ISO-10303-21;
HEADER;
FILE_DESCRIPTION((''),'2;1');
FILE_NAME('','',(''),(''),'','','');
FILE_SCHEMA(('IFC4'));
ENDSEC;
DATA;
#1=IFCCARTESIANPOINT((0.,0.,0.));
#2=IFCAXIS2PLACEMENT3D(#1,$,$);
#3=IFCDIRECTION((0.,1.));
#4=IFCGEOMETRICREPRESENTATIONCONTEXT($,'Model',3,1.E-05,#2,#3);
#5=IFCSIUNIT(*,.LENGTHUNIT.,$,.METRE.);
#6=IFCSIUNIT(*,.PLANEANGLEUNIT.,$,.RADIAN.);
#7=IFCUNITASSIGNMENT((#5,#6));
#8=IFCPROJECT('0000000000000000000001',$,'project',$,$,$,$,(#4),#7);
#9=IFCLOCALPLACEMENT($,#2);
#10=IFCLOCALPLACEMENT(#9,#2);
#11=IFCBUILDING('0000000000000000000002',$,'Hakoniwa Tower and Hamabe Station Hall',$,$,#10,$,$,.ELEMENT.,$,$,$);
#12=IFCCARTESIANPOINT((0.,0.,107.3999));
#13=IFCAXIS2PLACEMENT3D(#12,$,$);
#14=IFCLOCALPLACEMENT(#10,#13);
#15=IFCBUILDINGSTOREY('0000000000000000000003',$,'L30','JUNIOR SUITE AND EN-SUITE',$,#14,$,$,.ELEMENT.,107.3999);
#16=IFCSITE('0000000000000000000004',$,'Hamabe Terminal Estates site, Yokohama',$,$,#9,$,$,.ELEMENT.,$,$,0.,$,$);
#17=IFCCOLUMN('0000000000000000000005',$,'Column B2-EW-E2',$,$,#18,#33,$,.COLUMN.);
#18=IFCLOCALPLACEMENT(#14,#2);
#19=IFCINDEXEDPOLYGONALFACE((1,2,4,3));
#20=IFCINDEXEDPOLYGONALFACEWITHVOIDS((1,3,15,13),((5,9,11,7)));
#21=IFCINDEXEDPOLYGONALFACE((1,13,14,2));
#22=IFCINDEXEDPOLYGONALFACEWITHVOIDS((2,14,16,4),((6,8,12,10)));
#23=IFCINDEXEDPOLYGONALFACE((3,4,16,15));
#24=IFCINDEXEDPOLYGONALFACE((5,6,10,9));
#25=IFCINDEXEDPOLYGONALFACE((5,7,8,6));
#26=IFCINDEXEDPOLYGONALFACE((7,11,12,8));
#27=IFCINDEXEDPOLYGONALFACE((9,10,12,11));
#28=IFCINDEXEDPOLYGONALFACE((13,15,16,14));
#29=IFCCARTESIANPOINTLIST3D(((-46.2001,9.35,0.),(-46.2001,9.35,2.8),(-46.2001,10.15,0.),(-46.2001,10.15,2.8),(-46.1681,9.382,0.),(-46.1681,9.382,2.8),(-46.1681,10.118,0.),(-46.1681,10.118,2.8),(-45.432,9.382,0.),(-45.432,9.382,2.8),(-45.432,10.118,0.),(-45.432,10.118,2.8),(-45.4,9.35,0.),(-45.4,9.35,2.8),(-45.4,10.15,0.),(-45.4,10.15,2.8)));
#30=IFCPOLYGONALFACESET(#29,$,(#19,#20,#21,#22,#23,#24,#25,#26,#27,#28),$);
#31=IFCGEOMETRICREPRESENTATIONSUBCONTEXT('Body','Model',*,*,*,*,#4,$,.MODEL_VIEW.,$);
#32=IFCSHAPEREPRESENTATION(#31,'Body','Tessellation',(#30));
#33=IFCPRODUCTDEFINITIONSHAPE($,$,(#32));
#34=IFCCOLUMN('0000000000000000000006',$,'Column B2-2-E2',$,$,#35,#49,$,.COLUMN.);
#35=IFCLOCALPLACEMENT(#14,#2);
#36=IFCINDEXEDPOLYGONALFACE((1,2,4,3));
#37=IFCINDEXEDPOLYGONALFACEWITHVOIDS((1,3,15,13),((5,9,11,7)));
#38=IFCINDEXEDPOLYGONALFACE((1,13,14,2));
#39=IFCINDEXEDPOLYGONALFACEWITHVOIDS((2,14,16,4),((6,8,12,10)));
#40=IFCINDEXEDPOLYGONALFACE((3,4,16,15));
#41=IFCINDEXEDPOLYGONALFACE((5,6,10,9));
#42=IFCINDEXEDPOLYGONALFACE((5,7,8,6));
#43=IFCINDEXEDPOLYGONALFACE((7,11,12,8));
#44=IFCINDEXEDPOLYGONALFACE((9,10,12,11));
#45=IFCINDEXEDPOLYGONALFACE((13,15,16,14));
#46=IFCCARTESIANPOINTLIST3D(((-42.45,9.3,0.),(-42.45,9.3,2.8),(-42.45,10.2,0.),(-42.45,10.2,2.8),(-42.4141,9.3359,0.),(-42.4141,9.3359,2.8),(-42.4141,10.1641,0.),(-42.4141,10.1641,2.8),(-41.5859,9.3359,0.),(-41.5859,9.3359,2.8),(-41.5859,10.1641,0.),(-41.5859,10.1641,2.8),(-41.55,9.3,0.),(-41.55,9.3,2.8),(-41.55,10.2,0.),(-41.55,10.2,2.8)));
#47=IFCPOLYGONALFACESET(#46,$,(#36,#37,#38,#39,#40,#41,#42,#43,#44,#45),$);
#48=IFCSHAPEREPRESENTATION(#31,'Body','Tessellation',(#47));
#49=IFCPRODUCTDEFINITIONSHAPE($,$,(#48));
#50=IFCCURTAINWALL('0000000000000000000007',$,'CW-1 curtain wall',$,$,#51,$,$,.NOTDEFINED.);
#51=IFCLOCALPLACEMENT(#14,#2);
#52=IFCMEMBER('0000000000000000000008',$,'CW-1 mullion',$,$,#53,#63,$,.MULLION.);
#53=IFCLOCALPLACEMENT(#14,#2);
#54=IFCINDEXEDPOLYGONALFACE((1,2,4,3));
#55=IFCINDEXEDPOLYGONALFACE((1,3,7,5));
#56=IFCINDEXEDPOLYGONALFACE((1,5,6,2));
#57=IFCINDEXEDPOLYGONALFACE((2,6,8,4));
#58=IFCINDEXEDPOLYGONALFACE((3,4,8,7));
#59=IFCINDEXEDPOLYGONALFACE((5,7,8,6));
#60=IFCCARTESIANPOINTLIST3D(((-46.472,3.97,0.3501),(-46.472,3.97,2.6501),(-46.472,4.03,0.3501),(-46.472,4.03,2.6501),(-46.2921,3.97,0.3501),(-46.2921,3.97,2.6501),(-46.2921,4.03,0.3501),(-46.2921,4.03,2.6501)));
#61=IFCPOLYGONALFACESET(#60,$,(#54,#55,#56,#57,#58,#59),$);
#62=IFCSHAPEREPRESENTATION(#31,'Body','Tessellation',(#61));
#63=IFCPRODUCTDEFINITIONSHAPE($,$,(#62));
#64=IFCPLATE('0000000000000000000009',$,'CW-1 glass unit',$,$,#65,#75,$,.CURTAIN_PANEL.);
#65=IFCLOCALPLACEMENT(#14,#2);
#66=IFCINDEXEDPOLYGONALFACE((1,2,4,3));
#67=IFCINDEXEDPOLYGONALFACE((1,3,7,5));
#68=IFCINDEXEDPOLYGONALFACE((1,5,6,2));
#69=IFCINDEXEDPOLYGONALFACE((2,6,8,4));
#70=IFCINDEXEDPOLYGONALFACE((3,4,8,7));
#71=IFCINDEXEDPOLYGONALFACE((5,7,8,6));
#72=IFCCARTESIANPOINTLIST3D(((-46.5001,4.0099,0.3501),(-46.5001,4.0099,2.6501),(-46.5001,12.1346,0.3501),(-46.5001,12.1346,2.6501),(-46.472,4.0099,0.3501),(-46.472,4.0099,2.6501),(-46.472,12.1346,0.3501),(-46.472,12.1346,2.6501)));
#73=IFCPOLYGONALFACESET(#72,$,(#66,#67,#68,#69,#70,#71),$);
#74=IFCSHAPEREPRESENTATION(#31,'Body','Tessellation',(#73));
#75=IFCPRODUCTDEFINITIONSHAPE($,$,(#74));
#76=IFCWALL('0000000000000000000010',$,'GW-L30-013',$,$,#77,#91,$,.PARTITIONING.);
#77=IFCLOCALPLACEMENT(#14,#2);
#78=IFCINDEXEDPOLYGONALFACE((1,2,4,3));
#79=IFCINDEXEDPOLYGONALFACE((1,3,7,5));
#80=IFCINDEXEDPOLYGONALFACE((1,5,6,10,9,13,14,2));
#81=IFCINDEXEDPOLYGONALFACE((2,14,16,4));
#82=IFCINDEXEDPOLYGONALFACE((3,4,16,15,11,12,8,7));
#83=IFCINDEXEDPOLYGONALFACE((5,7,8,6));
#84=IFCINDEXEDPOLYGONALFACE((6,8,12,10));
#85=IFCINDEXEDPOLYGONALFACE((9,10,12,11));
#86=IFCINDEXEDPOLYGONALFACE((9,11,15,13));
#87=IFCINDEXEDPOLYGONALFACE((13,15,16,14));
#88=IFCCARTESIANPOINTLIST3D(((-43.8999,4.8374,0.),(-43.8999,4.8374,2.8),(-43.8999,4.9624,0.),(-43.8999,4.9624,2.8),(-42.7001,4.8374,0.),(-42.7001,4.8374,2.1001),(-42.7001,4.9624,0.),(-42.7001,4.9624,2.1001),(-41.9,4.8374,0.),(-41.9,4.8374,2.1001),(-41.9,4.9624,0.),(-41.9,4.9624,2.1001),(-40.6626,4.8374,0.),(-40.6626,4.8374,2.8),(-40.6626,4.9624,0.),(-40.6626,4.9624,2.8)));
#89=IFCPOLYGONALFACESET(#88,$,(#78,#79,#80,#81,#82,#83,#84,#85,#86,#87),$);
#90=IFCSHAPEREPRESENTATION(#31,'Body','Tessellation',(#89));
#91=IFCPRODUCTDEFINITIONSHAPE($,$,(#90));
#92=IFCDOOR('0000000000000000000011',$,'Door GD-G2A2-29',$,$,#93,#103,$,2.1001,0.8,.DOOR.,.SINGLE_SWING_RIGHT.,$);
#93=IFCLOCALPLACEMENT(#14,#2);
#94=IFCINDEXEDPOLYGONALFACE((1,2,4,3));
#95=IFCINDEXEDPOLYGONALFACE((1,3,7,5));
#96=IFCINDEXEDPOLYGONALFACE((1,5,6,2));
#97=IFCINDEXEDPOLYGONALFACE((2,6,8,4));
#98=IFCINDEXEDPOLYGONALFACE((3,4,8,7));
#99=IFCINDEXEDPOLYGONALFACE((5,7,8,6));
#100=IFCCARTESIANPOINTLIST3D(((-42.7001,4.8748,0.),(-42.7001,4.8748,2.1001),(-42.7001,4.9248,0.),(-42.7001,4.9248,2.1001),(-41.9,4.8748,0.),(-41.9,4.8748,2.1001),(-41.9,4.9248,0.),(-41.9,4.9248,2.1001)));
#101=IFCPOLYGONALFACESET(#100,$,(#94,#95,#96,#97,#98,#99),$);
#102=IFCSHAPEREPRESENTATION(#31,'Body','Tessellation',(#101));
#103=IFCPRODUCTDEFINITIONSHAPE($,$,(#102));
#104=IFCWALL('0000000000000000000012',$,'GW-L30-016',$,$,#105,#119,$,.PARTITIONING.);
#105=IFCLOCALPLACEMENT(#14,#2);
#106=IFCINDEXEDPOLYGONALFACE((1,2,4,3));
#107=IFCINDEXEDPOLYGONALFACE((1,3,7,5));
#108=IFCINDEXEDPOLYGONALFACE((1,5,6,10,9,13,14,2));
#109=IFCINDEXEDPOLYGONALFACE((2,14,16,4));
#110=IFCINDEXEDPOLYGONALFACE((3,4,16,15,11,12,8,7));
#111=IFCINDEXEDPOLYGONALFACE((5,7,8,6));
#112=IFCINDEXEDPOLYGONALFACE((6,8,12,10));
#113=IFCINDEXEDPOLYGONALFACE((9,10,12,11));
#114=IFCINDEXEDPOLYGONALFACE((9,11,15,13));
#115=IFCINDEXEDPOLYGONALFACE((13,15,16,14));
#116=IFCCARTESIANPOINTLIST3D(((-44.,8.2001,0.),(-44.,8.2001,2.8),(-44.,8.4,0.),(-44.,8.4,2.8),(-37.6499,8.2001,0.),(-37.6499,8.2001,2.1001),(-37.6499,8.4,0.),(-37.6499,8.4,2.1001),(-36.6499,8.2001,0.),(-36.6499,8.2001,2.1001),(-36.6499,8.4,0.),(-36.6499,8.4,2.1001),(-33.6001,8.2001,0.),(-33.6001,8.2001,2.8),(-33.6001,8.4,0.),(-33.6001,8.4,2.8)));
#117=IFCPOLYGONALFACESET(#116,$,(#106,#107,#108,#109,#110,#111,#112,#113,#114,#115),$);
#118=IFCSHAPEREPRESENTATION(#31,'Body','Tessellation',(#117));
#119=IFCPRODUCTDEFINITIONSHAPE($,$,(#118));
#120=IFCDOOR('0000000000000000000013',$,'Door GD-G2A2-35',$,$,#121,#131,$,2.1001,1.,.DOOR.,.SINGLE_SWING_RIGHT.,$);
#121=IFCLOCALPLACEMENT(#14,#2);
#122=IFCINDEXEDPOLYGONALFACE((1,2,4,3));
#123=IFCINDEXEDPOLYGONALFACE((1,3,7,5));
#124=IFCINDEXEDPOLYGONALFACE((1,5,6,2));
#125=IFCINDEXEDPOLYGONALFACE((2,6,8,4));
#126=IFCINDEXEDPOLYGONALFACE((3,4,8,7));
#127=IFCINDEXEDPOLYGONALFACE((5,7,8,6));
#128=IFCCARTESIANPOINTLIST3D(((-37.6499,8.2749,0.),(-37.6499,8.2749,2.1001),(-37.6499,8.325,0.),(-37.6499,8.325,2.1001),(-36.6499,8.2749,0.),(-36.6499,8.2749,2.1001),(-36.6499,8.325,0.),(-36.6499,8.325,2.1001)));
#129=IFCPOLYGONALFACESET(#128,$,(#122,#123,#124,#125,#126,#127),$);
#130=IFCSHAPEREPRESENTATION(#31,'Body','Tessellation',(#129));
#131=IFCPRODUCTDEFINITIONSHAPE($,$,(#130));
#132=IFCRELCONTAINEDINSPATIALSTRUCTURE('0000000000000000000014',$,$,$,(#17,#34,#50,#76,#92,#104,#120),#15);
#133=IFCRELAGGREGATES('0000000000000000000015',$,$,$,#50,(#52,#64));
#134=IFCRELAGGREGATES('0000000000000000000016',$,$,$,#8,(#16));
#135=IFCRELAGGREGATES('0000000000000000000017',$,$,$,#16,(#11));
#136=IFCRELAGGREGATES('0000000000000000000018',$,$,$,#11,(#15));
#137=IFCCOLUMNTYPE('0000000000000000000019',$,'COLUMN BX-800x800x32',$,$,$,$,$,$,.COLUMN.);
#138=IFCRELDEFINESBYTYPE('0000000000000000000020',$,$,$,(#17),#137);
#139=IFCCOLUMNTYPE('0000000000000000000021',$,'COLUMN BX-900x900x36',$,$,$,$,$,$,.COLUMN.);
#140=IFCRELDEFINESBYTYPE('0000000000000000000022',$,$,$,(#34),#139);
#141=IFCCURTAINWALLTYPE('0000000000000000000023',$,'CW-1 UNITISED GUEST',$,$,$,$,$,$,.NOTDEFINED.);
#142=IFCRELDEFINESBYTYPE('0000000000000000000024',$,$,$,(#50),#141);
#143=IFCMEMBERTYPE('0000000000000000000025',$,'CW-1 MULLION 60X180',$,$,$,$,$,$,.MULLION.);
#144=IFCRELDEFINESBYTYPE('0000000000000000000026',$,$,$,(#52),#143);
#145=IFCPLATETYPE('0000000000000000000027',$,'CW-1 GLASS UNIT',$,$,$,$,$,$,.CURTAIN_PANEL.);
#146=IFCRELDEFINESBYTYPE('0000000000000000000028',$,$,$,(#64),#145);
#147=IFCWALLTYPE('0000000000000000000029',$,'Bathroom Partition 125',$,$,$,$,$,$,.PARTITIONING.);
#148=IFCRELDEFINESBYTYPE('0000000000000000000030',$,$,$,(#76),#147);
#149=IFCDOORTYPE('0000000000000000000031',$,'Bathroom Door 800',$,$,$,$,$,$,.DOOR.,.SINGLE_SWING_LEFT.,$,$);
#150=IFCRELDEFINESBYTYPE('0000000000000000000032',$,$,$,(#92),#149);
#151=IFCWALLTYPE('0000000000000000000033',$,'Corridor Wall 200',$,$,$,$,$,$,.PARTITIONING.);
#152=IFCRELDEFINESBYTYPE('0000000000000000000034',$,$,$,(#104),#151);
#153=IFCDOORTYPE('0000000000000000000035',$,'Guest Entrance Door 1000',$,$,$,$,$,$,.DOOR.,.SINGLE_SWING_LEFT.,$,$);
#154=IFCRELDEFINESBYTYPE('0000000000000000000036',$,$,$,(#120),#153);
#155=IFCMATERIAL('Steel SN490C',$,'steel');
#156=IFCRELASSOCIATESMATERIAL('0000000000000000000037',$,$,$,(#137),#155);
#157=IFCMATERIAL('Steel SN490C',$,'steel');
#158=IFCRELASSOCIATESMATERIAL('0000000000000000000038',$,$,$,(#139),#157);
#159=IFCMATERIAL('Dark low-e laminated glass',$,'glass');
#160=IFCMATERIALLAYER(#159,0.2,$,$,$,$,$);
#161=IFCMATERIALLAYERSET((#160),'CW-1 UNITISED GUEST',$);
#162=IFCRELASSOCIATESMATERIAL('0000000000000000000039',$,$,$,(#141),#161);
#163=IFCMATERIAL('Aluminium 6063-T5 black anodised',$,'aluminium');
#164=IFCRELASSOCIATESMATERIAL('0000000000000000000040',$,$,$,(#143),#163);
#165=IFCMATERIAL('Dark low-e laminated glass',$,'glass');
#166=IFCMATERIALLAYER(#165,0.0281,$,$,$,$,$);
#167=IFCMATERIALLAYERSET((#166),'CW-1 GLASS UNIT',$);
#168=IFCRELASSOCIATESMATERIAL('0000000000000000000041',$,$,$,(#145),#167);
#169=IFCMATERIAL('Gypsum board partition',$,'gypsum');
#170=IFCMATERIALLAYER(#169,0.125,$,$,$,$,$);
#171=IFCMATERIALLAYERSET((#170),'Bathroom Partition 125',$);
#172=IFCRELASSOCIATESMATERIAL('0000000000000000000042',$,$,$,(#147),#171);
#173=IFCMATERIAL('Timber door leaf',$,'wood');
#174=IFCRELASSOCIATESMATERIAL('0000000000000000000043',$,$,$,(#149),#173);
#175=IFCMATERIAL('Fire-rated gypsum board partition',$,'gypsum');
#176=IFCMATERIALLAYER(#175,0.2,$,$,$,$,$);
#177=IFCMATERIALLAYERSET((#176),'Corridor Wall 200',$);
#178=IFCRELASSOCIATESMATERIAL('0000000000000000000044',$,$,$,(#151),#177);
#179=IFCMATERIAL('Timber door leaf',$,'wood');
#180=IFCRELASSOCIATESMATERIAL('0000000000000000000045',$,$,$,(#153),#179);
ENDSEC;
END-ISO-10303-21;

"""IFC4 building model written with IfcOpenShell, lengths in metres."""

from ifc_helpers import new_model, si_unit, direction, frame, frame_2d, origin, origin_2d, place, context, subcontext, project, spatial, rectangle, hollow_rectangle, extrude, material, layer, layer_set, material_profile, profile_set, type_object, element, fill, aggregate, save


model = new_model("IFC4")

# Units and contexts
model_context = context("Model", 3, precision=1e-05, world=origin(), true_north=direction((0.0, 1.0)))
body_context = subcontext(model_context, "Body", "Model", "MODEL_VIEW")
ifc_project = project(units=[si_unit("LENGTHUNIT", "METRE"), si_unit("PLANEANGLEUNIT", "RADIAN")], contexts=[model_context])

# Site, building, storey
site_placement = place(None, origin())
site = spatial("IfcSite", under=ifc_project, at=site_placement, Name="Hamabe Terminal Estates site, Yokohama", CompositionType="ELEMENT", RefElevation=0.0)
building_placement = place(site_placement, origin())
building = spatial("IfcBuilding", under=site, at=building_placement, Name="Hakoniwa Tower and Hamabe Station Hall", CompositionType="ELEMENT")
storey_placement = place(building_placement, frame((0.0, 0.0, 107.3999)))
storey = spatial("IfcBuildingStorey", under=building, at=storey_placement, Name="L30", Description="JUNIOR SUITE AND EN-SUITE", CompositionType="ELEMENT", Elevation=107.3999)

# Columns
ifc_material_1 = material(Name="Steel SN490C", Category="steel")
ifc_material_profile_1 = material_profile(ifc_material_1, hollow_rectangle(XDim=0.8, YDim=0.8, WallThickness=0.032, at=origin_2d()), Name="BX-800x800x32")
ifc_profile_set_1 = profile_set([ifc_material_profile_1], Name="Steel SN490C")
column_type_1 = type_object("IfcColumnType", Name="COLUMN BX-800x800x32", PredefinedType="COLUMN", material=ifc_profile_set_1)
column_1_placement = place(storey_placement, frame((-45.8, 9.75, 0.0), z_axis=(0.0, 0.0, 1.0), x_axis=(1.0, 0.0, 0.0)))
element("IfcColumn", 1, at=column_1_placement, inside=storey, type_object=column_type_1, Name="Column B2-EW-E2", PredefinedType="COLUMN", context=body_context, shape_type="SweptSolid", body=[
    extrude(hollow_rectangle(XDim=0.8, YDim=0.8, WallThickness=0.032, at=origin_2d()), origin(), (0.0, 0.0, 1.0), 2.8),
])
ifc_material_2 = material(Name="Steel SN490C", Category="steel")
ifc_material_profile_2 = material_profile(ifc_material_2, hollow_rectangle(XDim=0.8999, YDim=0.8999, WallThickness=0.0359, at=origin_2d()), Name="BX-900x900x36")
ifc_profile_set_2 = profile_set([ifc_material_profile_2], Name="Steel SN490C")
column_type_2 = type_object("IfcColumnType", Name="COLUMN BX-900x900x36", PredefinedType="COLUMN", material=ifc_profile_set_2)
column_2_placement = place(storey_placement, frame((-42.0, 9.75, 0.0), z_axis=(0.0, 0.0, 1.0), x_axis=(1.0, 0.0, 0.0)))
element("IfcColumn", 2, at=column_2_placement, inside=storey, type_object=column_type_2, Name="Column B2-2-E2", PredefinedType="COLUMN", context=body_context, shape_type="SweptSolid", body=[
    extrude(hollow_rectangle(XDim=0.8999, YDim=0.8999, WallThickness=0.0359, at=origin_2d()), origin(), (0.0, 0.0, 1.0), 2.8),
])

# Curtain wall, member, plate
ifc_material_3 = material(Name="Dark low-e laminated glass", Category="glass")
ifc_layer_1 = layer(ifc_material_3, 0.2)
ifc_layer_set_1 = layer_set([ifc_layer_1], Name="CW-1 UNITISED GUEST")
curtain_wall_type = type_object("IfcCurtainWallType", Name="CW-1 UNITISED GUEST", PredefinedType="NOTDEFINED", material=ifc_layer_set_1)
curtain_wall_placement = place(storey_placement, origin())
curtain_wall = element("IfcCurtainWall", 3, at=curtain_wall_placement, inside=storey, type_object=curtain_wall_type, Name="CW-1 curtain wall", PredefinedType="NOTDEFINED")
ifc_material_4 = material(Name="Aluminium 6063-T5 black anodised", Category="aluminium")
ifc_material_profile_3 = material_profile(ifc_material_4, rectangle(XDim=0.0601, YDim=0.1799, at=origin_2d()), Name="CW-1 MULLION 60X180")
ifc_profile_set_3 = profile_set([ifc_material_profile_3], Name="Aluminium 6063-T5 black anodised")
member_type = type_object("IfcMemberType", Name="CW-1 MULLION 60X180", PredefinedType="MULLION", material=ifc_profile_set_3)
member_placement = place(storey_placement, frame((-46.3821, 4.0, 0.3501), z_axis=(0.0, 0.0, 1.0), x_axis=(0.0, -1.0, 0.0)))
member = element("IfcMember", 4, at=member_placement, type_object=member_type, Name="CW-1 mullion", PredefinedType="MULLION", context=body_context, shape_type="SweptSolid", body=[
    extrude(rectangle(XDim=0.0601, YDim=0.1799, at=origin_2d()), origin(), (0.0, 0.0, 1.0), 2.3),
])
ifc_material_5 = material(Name="Dark low-e laminated glass", Category="glass")
ifc_layer_2 = layer(ifc_material_5, 0.0281)
ifc_layer_set_2 = layer_set([ifc_layer_2], Name="CW-1 GLASS UNIT")
plate_type = type_object("IfcPlateType", Name="CW-1 GLASS UNIT", PredefinedType="CURTAIN_PANEL", material=ifc_layer_set_2)
plate_placement = place(storey_placement, frame((-46.4861, 8.0723, 0.3501), z_axis=(0.0, 0.0, 1.0), x_axis=(0.0, -1.0, 0.0)))
plate = element("IfcPlate", 5, at=plate_placement, type_object=plate_type, Name="CW-1 glass unit", PredefinedType="CURTAIN_PANEL", context=body_context, shape_type="SweptSolid", body=[
    extrude(rectangle(XDim=8.1248, YDim=0.0281, at=origin_2d()), origin(), (0.0, 0.0, 1.0), 2.3),
])
aggregate(curtain_wall, [member, plate])

# Walls, openings, doors
ifc_material_6 = material(Name="Gypsum board partition", Category="gypsum")
ifc_layer_3 = layer(ifc_material_6, 0.125)
ifc_layer_set_3 = layer_set([ifc_layer_3], Name="Bathroom Partition 125")
wall_type_1 = type_object("IfcWallType", Name="Bathroom Partition 125", PredefinedType="PARTITIONING", material=ifc_layer_set_3)
wall_1_placement = place(storey_placement, frame((-43.8999, 4.8999, 0.0), z_axis=(0.0, 0.0, 1.0), x_axis=(1.0, 0.0, 0.0)))
wall_1 = element("IfcWall", 6, at=wall_1_placement, inside=storey, type_object=wall_type_1, Name="GW-L30-013", PredefinedType="PARTITIONING", context=body_context, shape_type="SweptSolid", body=[
    extrude(rectangle(XDim=3.2373, YDim=0.125, at=frame_2d((1.6187, 0.0))), origin(), (0.0, 0.0, 1.0), 2.8),
])
opening_1_placement = place(wall_1_placement, frame((1.2, 0.0, 0.0)))
opening_1 = element("IfcOpeningElement", 7, at=opening_1_placement, cuts=wall_1, PredefinedType="OPENING", context=body_context, shape_type="SweptSolid", body=[
    extrude(rectangle(XDim=0.8, YDim=2.1001, at=frame_2d((0.3999, 1.05))), frame((0.0, 0.0725, 0.0), z_axis=(0.0, -1.0, 0.0), x_axis=(1.0, 0.0, 0.0)), (0.0, 0.0, 1.0), 0.145),
])
ifc_material_7 = material(Name="Timber door leaf", Category="wood")
door_type_1 = type_object("IfcDoorType", Name="Bathroom Door 800", OperationType="SINGLE_SWING_LEFT", PredefinedType="DOOR", material=ifc_material_7)
door_1_placement = place(opening_1_placement, origin())
door_1 = element("IfcDoor", 8, at=door_1_placement, inside=storey, type_object=door_type_1, Name="Door GD-G2A2-29", OperationType="SINGLE_SWING_RIGHT", OverallHeight=2.1001, OverallWidth=0.8, PredefinedType="DOOR", context=body_context, shape_type="SweptSolid", body=[
    extrude(rectangle(XDim=0.8, YDim=2.1001, at=frame_2d((0.3999, 1.05))), frame((0.0, 0.0249, 0.0), z_axis=(0.0, -1.0, 0.0), x_axis=(1.0, 0.0, 0.0)), (0.0, 0.0, 1.0), 0.05),
])
fill(opening_1, door_1)
ifc_material_8 = material(Name="Fire-rated gypsum board partition", Category="gypsum")
ifc_layer_4 = layer(ifc_material_8, 0.2)
ifc_layer_set_4 = layer_set([ifc_layer_4], Name="Corridor Wall 200")
wall_type_2 = type_object("IfcWallType", Name="Corridor Wall 200", PredefinedType="PARTITIONING", material=ifc_layer_set_4)
wall_2_placement = place(storey_placement, frame((-44.0, 8.3, 0.0), z_axis=(0.0, 0.0, 1.0), x_axis=(1.0, 0.0, 0.0)))
wall_2 = element("IfcWall", 9, at=wall_2_placement, inside=storey, type_object=wall_type_2, Name="GW-L30-016", PredefinedType="PARTITIONING", context=body_context, shape_type="SweptSolid", body=[
    extrude(rectangle(XDim=10.3999, YDim=0.2, at=frame_2d((5.2, 0.0))), origin(), (0.0, 0.0, 1.0), 2.8),
])
opening_2_placement = place(wall_2_placement, frame((6.3501, 0.0, 0.0)))
opening_2 = element("IfcOpeningElement", 10, at=opening_2_placement, cuts=wall_2, PredefinedType="OPENING", context=body_context, shape_type="SweptSolid", body=[
    extrude(rectangle(XDim=1.0, YDim=2.1001, at=frame_2d((0.5, 1.05))), frame((0.0, 0.1099, 0.0), z_axis=(0.0, -1.0, 0.0), x_axis=(1.0, 0.0, 0.0)), (0.0, 0.0, 1.0), 0.22),
])
ifc_material_9 = material(Name="Timber door leaf", Category="wood")
door_type_2 = type_object("IfcDoorType", Name="Guest Entrance Door 1000", OperationType="SINGLE_SWING_LEFT", PredefinedType="DOOR", material=ifc_material_9)
door_2_placement = place(opening_2_placement, origin())
door_2 = element("IfcDoor", 11, at=door_2_placement, inside=storey, type_object=door_type_2, Name="Door GD-G2A2-35", OperationType="SINGLE_SWING_RIGHT", OverallHeight=2.1001, OverallWidth=1.0, PredefinedType="DOOR", context=body_context, shape_type="SweptSolid", body=[
    extrude(rectangle(XDim=1.0, YDim=2.1001, at=frame_2d((0.5, 1.05))), frame((0.0, 0.0249, 0.0), z_axis=(0.0, -1.0, 0.0), x_axis=(1.0, 0.0, 0.0)), (0.0, 0.0, 1.0), 0.05),
])
fill(opening_2, door_2)

save(model, "model.ifc")
